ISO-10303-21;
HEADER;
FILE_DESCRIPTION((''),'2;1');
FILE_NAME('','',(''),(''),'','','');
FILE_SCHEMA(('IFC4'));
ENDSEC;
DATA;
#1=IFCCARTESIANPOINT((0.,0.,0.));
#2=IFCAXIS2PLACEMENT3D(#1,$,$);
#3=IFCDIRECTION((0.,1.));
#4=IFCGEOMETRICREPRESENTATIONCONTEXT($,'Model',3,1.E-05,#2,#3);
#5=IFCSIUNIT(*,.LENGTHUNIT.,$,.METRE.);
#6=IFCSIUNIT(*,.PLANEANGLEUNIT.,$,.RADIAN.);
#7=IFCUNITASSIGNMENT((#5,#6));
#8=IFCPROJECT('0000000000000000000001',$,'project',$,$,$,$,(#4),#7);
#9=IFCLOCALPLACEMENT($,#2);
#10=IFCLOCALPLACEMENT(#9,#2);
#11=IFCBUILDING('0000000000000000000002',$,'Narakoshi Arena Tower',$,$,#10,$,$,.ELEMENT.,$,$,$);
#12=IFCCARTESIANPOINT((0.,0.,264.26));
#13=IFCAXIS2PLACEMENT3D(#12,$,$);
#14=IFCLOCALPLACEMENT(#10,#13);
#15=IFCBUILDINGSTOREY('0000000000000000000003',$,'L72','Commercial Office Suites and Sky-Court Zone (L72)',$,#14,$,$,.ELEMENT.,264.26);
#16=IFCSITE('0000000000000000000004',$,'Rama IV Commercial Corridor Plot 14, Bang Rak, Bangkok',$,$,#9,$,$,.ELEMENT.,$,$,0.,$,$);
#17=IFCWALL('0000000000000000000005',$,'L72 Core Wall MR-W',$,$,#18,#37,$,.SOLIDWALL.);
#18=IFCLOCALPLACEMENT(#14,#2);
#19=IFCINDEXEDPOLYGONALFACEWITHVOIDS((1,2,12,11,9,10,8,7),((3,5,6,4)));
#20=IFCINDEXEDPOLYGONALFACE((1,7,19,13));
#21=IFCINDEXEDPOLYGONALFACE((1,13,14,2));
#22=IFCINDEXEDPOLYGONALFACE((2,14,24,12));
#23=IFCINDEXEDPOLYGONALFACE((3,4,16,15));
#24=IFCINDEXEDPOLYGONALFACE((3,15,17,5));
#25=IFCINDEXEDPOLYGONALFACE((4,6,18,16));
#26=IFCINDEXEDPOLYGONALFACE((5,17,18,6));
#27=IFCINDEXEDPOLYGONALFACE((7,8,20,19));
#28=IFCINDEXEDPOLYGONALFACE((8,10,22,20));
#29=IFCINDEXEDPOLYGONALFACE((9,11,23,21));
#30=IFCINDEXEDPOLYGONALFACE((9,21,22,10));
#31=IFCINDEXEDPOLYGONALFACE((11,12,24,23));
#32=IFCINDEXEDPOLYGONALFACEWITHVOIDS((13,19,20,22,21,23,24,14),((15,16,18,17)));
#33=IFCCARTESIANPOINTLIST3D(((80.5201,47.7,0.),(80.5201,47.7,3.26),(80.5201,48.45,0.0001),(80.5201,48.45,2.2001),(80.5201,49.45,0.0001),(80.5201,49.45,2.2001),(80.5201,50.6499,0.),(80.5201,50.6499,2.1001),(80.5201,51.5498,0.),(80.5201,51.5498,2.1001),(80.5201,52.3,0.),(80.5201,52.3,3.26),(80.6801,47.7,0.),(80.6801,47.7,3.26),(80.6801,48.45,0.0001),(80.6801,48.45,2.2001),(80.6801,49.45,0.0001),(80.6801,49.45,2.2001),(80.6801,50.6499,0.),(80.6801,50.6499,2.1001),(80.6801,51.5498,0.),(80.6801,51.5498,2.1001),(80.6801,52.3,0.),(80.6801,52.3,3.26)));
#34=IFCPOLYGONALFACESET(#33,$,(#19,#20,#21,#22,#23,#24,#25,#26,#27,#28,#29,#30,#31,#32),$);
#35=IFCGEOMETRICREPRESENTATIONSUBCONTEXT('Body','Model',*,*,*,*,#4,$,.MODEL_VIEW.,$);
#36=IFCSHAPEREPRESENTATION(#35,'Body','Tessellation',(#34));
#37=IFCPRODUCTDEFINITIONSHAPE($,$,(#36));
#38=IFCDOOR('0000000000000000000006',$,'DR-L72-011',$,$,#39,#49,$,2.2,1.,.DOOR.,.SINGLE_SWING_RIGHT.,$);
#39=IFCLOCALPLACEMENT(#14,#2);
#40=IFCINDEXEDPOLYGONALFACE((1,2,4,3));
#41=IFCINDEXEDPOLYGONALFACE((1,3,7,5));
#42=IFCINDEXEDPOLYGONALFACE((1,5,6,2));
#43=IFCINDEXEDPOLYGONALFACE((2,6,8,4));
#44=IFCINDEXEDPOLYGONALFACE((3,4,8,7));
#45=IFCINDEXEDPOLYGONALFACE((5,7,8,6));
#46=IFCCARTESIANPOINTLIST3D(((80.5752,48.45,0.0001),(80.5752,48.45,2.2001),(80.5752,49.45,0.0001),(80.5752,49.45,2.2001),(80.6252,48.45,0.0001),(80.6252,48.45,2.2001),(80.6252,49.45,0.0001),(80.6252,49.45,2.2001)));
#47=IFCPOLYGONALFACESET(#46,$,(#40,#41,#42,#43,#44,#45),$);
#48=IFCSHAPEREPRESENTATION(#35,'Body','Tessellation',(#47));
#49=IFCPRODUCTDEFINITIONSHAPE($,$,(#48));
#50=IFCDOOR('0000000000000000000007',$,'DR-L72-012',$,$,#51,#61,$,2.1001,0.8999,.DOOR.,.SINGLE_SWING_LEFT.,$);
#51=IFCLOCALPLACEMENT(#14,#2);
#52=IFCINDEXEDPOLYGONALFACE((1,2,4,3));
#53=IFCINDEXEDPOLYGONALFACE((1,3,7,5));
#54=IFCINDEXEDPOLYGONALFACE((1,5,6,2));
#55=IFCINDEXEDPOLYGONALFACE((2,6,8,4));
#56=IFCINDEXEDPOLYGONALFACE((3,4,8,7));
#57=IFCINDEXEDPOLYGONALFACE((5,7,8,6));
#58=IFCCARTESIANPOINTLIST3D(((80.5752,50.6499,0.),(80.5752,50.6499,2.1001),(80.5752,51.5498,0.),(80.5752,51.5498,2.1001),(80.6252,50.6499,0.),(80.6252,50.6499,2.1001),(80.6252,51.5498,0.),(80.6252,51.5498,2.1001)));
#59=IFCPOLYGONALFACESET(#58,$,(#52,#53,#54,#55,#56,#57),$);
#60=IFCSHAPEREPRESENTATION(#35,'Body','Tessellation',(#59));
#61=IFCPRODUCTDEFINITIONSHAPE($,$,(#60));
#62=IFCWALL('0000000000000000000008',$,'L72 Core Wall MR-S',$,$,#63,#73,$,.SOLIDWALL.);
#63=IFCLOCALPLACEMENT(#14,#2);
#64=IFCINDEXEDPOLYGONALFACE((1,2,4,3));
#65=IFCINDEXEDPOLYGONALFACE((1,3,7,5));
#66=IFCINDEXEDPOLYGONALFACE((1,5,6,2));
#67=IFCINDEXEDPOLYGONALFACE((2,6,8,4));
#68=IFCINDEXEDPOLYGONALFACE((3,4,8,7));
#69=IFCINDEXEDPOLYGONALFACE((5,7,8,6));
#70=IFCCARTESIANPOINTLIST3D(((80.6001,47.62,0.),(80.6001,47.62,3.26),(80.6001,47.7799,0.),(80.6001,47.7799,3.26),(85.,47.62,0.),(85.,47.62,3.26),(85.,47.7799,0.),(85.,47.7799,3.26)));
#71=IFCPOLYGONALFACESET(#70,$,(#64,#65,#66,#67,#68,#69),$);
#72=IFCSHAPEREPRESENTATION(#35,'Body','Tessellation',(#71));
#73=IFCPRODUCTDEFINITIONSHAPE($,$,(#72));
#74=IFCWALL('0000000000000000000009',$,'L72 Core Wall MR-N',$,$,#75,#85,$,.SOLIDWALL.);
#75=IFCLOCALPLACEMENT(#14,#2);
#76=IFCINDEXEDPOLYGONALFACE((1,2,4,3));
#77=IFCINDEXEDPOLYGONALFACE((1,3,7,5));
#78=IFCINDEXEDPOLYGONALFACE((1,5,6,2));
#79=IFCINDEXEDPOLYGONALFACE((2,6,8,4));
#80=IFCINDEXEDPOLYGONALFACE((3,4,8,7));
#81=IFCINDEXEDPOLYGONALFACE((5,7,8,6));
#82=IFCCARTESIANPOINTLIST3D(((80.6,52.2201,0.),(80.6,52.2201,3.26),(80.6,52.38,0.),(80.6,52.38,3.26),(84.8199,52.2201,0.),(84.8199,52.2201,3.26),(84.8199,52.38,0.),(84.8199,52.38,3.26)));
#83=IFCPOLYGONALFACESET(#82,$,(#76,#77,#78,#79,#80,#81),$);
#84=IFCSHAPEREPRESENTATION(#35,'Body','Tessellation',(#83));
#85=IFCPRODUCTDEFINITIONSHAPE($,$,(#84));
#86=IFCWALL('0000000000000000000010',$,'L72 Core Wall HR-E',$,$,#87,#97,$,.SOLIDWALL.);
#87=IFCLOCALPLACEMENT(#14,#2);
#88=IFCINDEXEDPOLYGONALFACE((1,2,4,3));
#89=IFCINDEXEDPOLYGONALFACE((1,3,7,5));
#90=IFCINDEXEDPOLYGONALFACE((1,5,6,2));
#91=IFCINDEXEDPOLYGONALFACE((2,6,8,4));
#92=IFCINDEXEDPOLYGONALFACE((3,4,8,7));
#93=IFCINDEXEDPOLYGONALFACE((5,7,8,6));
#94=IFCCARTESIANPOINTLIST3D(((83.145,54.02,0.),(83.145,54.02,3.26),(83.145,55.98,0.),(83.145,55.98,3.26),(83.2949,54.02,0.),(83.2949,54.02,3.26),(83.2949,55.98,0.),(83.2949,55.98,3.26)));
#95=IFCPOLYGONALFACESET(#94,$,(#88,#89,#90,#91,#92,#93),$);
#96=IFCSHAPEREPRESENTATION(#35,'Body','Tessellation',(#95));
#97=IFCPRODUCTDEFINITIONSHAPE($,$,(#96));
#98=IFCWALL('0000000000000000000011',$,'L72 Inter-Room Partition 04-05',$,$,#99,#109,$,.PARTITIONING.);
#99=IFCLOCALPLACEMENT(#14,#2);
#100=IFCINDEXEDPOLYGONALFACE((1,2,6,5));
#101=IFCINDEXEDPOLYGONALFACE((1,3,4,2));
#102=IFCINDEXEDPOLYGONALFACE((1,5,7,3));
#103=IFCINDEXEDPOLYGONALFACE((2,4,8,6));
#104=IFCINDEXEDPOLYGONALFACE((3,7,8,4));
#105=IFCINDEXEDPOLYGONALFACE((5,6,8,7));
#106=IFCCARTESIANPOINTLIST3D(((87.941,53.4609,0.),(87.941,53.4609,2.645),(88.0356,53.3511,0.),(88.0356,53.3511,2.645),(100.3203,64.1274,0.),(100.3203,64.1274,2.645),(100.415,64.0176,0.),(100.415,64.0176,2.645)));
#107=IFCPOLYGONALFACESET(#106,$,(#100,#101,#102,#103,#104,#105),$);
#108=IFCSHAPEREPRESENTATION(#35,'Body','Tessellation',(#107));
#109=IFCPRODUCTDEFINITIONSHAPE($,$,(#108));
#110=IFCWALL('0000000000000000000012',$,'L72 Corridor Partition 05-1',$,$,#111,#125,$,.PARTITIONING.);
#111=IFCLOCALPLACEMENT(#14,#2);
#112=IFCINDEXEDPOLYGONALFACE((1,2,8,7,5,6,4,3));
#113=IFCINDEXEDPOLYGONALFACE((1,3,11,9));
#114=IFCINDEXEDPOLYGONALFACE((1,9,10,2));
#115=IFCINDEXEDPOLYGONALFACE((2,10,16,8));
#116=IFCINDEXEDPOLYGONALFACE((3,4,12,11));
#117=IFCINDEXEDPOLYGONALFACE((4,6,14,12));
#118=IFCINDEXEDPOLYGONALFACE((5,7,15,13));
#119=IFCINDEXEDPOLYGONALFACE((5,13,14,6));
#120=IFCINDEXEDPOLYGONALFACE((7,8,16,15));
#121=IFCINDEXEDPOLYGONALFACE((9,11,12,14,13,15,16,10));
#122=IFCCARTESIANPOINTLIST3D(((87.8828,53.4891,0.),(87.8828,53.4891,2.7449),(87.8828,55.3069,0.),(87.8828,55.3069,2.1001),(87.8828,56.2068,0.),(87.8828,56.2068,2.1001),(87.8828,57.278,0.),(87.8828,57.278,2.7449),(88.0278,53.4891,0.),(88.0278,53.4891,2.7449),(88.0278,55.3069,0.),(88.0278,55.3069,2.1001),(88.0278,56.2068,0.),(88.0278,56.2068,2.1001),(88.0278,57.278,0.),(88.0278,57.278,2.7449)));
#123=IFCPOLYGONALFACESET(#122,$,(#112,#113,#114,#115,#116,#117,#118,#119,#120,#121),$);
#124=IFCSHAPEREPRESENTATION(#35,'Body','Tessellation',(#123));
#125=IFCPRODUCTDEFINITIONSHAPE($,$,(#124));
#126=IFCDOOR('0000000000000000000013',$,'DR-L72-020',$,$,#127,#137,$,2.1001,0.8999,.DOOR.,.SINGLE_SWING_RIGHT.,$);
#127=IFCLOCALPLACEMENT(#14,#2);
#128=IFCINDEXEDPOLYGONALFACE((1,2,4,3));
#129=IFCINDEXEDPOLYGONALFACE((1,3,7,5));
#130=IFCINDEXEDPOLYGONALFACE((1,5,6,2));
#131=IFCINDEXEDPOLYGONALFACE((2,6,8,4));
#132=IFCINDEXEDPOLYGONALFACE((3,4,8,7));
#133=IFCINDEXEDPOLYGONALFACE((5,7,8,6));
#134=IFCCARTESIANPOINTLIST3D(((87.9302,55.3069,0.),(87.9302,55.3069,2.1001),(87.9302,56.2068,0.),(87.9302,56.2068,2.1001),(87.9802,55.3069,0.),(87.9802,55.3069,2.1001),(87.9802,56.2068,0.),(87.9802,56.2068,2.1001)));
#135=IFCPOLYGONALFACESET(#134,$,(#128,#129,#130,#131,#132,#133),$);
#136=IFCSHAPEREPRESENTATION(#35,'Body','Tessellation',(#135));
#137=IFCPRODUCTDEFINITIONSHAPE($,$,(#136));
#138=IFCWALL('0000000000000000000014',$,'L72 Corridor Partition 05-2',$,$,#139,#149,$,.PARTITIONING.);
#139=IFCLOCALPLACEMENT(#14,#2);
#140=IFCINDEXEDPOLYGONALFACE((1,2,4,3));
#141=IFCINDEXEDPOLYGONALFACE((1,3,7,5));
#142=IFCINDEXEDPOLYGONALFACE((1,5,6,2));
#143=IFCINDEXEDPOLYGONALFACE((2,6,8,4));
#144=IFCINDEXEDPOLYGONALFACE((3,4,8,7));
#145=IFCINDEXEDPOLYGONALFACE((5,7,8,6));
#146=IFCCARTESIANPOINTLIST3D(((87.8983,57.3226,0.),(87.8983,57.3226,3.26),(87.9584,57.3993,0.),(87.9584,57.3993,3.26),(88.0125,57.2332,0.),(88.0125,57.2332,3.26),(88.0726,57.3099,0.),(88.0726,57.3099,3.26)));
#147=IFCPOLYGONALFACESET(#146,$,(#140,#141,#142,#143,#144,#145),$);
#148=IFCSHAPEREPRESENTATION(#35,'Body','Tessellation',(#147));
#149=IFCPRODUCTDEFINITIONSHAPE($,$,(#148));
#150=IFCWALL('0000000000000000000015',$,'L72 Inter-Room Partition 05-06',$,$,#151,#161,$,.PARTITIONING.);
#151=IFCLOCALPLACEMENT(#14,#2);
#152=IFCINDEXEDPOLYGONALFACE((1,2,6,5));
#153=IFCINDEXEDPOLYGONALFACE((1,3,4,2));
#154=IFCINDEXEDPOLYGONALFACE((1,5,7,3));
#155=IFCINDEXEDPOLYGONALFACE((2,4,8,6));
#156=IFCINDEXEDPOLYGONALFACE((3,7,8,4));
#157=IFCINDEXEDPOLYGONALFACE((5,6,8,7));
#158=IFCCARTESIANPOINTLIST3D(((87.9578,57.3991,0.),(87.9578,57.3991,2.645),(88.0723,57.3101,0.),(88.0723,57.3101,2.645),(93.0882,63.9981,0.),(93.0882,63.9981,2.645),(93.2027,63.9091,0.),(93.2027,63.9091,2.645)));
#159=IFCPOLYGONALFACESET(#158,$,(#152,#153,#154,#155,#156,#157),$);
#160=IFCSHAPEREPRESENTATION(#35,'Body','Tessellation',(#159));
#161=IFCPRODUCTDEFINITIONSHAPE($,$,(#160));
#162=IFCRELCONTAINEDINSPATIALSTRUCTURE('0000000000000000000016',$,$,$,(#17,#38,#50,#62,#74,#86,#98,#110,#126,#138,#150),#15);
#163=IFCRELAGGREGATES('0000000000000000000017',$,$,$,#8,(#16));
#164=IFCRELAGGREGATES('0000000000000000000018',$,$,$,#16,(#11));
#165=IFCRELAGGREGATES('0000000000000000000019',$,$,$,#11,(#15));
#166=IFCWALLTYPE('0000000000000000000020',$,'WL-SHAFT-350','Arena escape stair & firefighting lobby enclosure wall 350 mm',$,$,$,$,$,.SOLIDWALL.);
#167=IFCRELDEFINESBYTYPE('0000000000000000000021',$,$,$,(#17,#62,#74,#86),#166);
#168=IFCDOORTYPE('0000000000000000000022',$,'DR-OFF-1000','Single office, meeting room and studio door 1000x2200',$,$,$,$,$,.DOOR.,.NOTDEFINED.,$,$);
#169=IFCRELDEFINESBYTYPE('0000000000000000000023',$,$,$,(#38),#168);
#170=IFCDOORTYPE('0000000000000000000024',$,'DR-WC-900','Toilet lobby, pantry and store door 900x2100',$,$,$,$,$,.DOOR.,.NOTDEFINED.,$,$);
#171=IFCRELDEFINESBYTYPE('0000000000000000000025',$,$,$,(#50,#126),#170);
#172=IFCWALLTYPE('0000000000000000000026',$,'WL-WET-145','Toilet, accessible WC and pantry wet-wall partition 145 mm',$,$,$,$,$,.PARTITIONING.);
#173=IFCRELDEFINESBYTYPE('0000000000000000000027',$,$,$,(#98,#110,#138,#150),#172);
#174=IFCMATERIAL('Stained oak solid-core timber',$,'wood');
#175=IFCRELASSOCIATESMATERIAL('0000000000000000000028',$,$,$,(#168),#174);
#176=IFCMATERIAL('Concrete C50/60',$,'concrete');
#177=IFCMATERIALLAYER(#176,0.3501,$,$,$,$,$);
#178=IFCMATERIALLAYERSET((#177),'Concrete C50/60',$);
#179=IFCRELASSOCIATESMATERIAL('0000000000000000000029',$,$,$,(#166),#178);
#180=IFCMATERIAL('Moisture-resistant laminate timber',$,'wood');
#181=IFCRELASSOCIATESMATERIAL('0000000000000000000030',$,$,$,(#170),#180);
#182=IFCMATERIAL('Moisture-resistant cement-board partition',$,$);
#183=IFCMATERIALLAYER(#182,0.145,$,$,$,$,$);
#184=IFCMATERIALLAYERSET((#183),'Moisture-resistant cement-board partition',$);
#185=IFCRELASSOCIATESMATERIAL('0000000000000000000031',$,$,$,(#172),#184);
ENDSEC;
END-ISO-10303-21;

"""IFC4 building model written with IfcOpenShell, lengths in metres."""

from ifc_helpers import new_model, si_unit, direction, frame, frame_2d, origin, place, context, subcontext, project, spatial, rectangle, extrude, material, layer, layer_set, type_object, element, fill, save


model = new_model("IFC4")

# Units and contexts
model_context = context("Model", 3, precision=1e-05, world=origin(), true_north=direction((0.0, 1.0)))
body_context = subcontext(model_context, "Body", "Model", "MODEL_VIEW")
ifc_project = project(units=[si_unit("LENGTHUNIT", "METRE"), si_unit("PLANEANGLEUNIT", "RADIAN")], contexts=[model_context])

# Site, building, storey
site_placement = place(None, origin())
site = spatial("IfcSite", under=ifc_project, at=site_placement, Name="Rama IV Commercial Corridor Plot 14, Bang Rak, Bangkok", CompositionType="ELEMENT", RefElevation=0.0)
building_placement = place(site_placement, origin())
building = spatial("IfcBuilding", under=site, at=building_placement, Name="Narakoshi Arena Tower", CompositionType="ELEMENT")
storey_placement = place(building_placement, frame((0.0, 0.0, 264.26)))
storey = spatial("IfcBuildingStorey", under=building, at=storey_placement, Name="L72", Description="Commercial Office Suites and Sky-Court Zone (L72)", CompositionType="ELEMENT", Elevation=264.26)

# Shared definitions
ifc_material_1 = material(Name="Concrete C50/60", Category="concrete")

# Shared definitions
ifc_material_2 = material(Name="Stained oak solid-core timber", Category="wood")
door_type_1 = type_object("IfcDoorType", Name="DR-OFF-1000", Description="Single office, meeting room and studio door 1000x2200", OperationType="NOTDEFINED", PredefinedType="DOOR", material=ifc_material_2)

# Wall, openings, doors
ifc_layer_1 = layer(ifc_material_1, 0.3501)
ifc_layer_set_1 = layer_set([ifc_layer_1], Name="Concrete C50/60")
wall_type_1 = type_object("IfcWallType", Name="WL-SHAFT-350", Description="Arena escape stair & firefighting lobby enclosure wall 350 mm", PredefinedType="SOLIDWALL", material=ifc_layer_set_1)
wall_1_placement = place(storey_placement, frame((80.6001, 47.7, 0.0), z_axis=(0.0, 0.0, 1.0), x_axis=(0.0, 1.0, 0.0)))
wall_1 = element("IfcWall", 1, at=wall_1_placement, inside=storey, type_object=wall_type_1, Name="L72 Core Wall MR-W", PredefinedType="SOLIDWALL", context=body_context, shape_type="SweptSolid", body=[
    extrude(rectangle(XDim=4.6001, YDim=0.1599, at=frame_2d((2.3, 0.0))), origin(), (0.0, 0.0, 1.0), 3.26),
])
opening_1_placement = place(wall_1_placement, frame((0.75, 0.0, 0.0)))
opening_1 = element("IfcOpeningElement", 2, at=opening_1_placement, cuts=wall_1, PredefinedType="OPENING", context=body_context, shape_type="SweptSolid", body=[
    extrude(rectangle(XDim=1.0, YDim=2.2, at=frame_2d((0.5, 1.1001))), frame((0.0, 0.0898, 0.0), z_axis=(0.0, -1.0, 0.0), x_axis=(1.0, 0.0, 0.0)), (0.0, 0.0, 1.0), 0.1799),
])
opening_2_placement = place(wall_1_placement, frame((2.95, 0.0, 0.0)))
opening_2 = element("IfcOpeningElement", 3, at=opening_2_placement, cuts=wall_1, PredefinedType="OPENING", context=body_context, shape_type="SweptSolid", body=[
    extrude(rectangle(XDim=0.8999, YDim=2.1001, at=frame_2d((0.45, 1.05))), frame((0.0, 0.0898, 0.0), z_axis=(0.0, -1.0, 0.0), x_axis=(1.0, 0.0, 0.0)), (0.0, 0.0, 1.0), 0.1799),
])
door_1_placement = place(opening_1_placement, origin())
door_1 = element("IfcDoor", 4, at=door_1_placement, inside=storey, type_object=door_type_1, Name="DR-L72-011", OperationType="SINGLE_SWING_RIGHT", OverallHeight=2.2, OverallWidth=1.0, PredefinedType="DOOR", context=body_context, shape_type="SweptSolid", body=[
    extrude(rectangle(XDim=1.0, YDim=2.2, at=frame_2d((0.5, 1.1001))), frame((0.0, 0.0249, 0.0), z_axis=(0.0, -1.0, 0.0), x_axis=(1.0, 0.0, 0.0)), (0.0, 0.0, 1.0), 0.05),
])
fill(opening_1, door_1)
ifc_material_3 = material(Name="Moisture-resistant laminate timber", Category="wood")
door_type_2 = type_object("IfcDoorType", Name="DR-WC-900", Description="Toilet lobby, pantry and store door 900x2100", OperationType="NOTDEFINED", PredefinedType="DOOR", material=ifc_material_3)
door_2_placement = place(opening_2_placement, origin())
door_2 = element("IfcDoor", 5, at=door_2_placement, inside=storey, type_object=door_type_2, Name="DR-L72-012", OperationType="SINGLE_SWING_LEFT", OverallHeight=2.1001, OverallWidth=0.8999, PredefinedType="DOOR", context=body_context, shape_type="SweptSolid", body=[
    extrude(rectangle(XDim=0.8999, YDim=2.1001, at=frame_2d((0.45, 1.05))), frame((0.0, 0.0249, 0.0), z_axis=(0.0, -1.0, 0.0), x_axis=(1.0, 0.0, 0.0)), (0.0, 0.0, 1.0), 0.05),
])
fill(opening_2, door_2)

# Walls
wall_2_placement = place(storey_placement, frame((80.6001, 47.7, 0.0), z_axis=(0.0, 0.0, 1.0), x_axis=(1.0, 0.0, 0.0)))
element("IfcWall", 6, at=wall_2_placement, inside=storey, type_object=wall_type_1, Name="L72 Core Wall MR-S", PredefinedType="SOLIDWALL", context=body_context, shape_type="SweptSolid", body=[
    extrude(rectangle(XDim=4.3999, YDim=0.1599, at=frame_2d((2.2, 0.0))), origin(), (0.0, 0.0, 1.0), 3.26),
])
wall_3_placement = place(storey_placement, frame((80.6001, 52.3, 0.0), z_axis=(0.0, 0.0, 1.0), x_axis=(1.0, 0.0, 0.0)))
element("IfcWall", 7, at=wall_3_placement, inside=storey, type_object=wall_type_1, Name="L72 Core Wall MR-N", PredefinedType="SOLIDWALL", context=body_context, shape_type="SweptSolid", body=[
    extrude(rectangle(XDim=4.22, YDim=0.1599, at=frame_2d((2.1099, 0.0))), origin(), (0.0, 0.0, 1.0), 3.26),
])
wall_4_placement = place(storey_placement, frame((83.22, 54.02, 0.0), z_axis=(0.0, 0.0, 1.0), x_axis=(0.0, 1.0, 0.0)))
element("IfcWall", 8, at=wall_4_placement, inside=storey, type_object=wall_type_1, Name="L72 Core Wall HR-E", PredefinedType="SOLIDWALL", context=body_context, shape_type="SweptSolid", body=[
    extrude(rectangle(XDim=1.96, YDim=0.1499, at=frame_2d((0.98, 0.0))), origin(), (0.0, 0.0, 1.0), 3.26),
])
ifc_material_4 = material(Name="Moisture-resistant cement-board partition")
ifc_layer_2 = layer(ifc_material_4, 0.145)
ifc_layer_set_2 = layer_set([ifc_layer_2], Name="Moisture-resistant cement-board partition")
wall_type_2 = type_object("IfcWallType", Name="WL-WET-145", Description="Toilet, accessible WC and pantry wet-wall partition 145 mm", PredefinedType="PARTITIONING", material=ifc_layer_set_2)
wall_5_placement = place(storey_placement, frame((87.9883, 53.406, 0.0), z_axis=(0.0, 0.0, 1.0), x_axis=(0.757573, 0.65275, 0.0)))
element("IfcWall", 9, at=wall_5_placement, inside=storey, type_object=wall_type_2, Name="L72 Inter-Room Partition 04-05", PredefinedType="PARTITIONING", context=body_context, shape_type="SweptSolid", body=[
    extrude(rectangle(XDim=16.3408, YDim=0.145, at=frame_2d((8.1704, 0.0))), origin(), (0.0, 0.0, 1.0), 2.645),
])

# Wall, opening, door
wall_6_placement = place(storey_placement, frame((87.9553, 53.489, 0.0), z_axis=(0.0, 0.0, 1.0), x_axis=(0.0, 1.0, 0.0)))
wall_6 = element("IfcWall", 10, at=wall_6_placement, inside=storey, type_object=wall_type_2, Name="L72 Corridor Partition 05-1", PredefinedType="PARTITIONING", context=body_context, shape_type="SweptSolid", body=[
    extrude(rectangle(XDim=3.7888, YDim=0.145, at=frame_2d((1.8945, 0.0))), origin(), (0.0, 0.0, 1.0), 2.7449),
])
opening_3_placement = place(wall_6_placement, frame((1.8179, 0.0, 0.0)))
opening_3 = element("IfcOpeningElement", 11, at=opening_3_placement, cuts=wall_6, PredefinedType="OPENING", context=body_context, shape_type="SweptSolid", body=[
    extrude(rectangle(XDim=0.8999, YDim=2.1001, at=frame_2d((0.45, 1.05))), frame((0.0, 0.0825, 0.0), z_axis=(0.0, -1.0, 0.0), x_axis=(1.0, 0.0, 0.0)), (0.0, 0.0, 1.0), 0.165),
])
door_3_placement = place(opening_3_placement, frame((0.8999, 0.0, 0.0), z_axis=(0.0, 0.0, 1.0), x_axis=(-1.0, 0.0, 0.0)))
door_3 = element("IfcDoor", 12, at=door_3_placement, inside=storey, type_object=door_type_2, Name="DR-L72-020", OperationType="SINGLE_SWING_RIGHT", OverallHeight=2.1001, OverallWidth=0.8999, PredefinedType="DOOR", context=body_context, shape_type="SweptSolid", body=[
    extrude(rectangle(XDim=0.8999, YDim=2.1001, at=frame_2d((0.45, 1.05))), frame((0.0, 0.0249, 0.0), z_axis=(0.0, -1.0, 0.0), x_axis=(1.0, 0.0, 0.0)), (0.0, 0.0, 1.0), 0.05),
])
fill(opening_3, door_3)

# Walls
wall_7_placement = place(storey_placement, frame((87.9553, 57.2778, 0.0), z_axis=(0.0, 0.0, 1.0), x_axis=(0.616714, 0.787187, 0.0)))
element("IfcWall", 13, at=wall_7_placement, inside=storey, type_object=wall_type_2, Name="L72 Corridor Partition 05-2", PredefinedType="PARTITIONING", context=body_context, shape_type="SweptSolid", body=[
    extrude(rectangle(XDim=0.0974, YDim=0.145, at=frame_2d((0.0488, 0.0))), origin(), (0.0, 0.0, 1.0), 3.26),
])
wall_8_placement = place(storey_placement, frame((88.0151, 57.3547, 0.0), z_axis=(0.0, 0.0, 1.0), x_axis=(0.613785, 0.789473, 0.0)))
element("IfcWall", 14, at=wall_8_placement, inside=storey, type_object=wall_type_2, Name="L72 Inter-Room Partition 05-06", PredefinedType="PARTITIONING", context=body_context, shape_type="SweptSolid", body=[
    extrude(rectangle(XDim=8.3586, YDim=0.145, at=frame_2d((4.1792, 0.0))), origin(), (0.0, 0.0, 1.0), 2.645),
])

save(model, "model.ifc")
